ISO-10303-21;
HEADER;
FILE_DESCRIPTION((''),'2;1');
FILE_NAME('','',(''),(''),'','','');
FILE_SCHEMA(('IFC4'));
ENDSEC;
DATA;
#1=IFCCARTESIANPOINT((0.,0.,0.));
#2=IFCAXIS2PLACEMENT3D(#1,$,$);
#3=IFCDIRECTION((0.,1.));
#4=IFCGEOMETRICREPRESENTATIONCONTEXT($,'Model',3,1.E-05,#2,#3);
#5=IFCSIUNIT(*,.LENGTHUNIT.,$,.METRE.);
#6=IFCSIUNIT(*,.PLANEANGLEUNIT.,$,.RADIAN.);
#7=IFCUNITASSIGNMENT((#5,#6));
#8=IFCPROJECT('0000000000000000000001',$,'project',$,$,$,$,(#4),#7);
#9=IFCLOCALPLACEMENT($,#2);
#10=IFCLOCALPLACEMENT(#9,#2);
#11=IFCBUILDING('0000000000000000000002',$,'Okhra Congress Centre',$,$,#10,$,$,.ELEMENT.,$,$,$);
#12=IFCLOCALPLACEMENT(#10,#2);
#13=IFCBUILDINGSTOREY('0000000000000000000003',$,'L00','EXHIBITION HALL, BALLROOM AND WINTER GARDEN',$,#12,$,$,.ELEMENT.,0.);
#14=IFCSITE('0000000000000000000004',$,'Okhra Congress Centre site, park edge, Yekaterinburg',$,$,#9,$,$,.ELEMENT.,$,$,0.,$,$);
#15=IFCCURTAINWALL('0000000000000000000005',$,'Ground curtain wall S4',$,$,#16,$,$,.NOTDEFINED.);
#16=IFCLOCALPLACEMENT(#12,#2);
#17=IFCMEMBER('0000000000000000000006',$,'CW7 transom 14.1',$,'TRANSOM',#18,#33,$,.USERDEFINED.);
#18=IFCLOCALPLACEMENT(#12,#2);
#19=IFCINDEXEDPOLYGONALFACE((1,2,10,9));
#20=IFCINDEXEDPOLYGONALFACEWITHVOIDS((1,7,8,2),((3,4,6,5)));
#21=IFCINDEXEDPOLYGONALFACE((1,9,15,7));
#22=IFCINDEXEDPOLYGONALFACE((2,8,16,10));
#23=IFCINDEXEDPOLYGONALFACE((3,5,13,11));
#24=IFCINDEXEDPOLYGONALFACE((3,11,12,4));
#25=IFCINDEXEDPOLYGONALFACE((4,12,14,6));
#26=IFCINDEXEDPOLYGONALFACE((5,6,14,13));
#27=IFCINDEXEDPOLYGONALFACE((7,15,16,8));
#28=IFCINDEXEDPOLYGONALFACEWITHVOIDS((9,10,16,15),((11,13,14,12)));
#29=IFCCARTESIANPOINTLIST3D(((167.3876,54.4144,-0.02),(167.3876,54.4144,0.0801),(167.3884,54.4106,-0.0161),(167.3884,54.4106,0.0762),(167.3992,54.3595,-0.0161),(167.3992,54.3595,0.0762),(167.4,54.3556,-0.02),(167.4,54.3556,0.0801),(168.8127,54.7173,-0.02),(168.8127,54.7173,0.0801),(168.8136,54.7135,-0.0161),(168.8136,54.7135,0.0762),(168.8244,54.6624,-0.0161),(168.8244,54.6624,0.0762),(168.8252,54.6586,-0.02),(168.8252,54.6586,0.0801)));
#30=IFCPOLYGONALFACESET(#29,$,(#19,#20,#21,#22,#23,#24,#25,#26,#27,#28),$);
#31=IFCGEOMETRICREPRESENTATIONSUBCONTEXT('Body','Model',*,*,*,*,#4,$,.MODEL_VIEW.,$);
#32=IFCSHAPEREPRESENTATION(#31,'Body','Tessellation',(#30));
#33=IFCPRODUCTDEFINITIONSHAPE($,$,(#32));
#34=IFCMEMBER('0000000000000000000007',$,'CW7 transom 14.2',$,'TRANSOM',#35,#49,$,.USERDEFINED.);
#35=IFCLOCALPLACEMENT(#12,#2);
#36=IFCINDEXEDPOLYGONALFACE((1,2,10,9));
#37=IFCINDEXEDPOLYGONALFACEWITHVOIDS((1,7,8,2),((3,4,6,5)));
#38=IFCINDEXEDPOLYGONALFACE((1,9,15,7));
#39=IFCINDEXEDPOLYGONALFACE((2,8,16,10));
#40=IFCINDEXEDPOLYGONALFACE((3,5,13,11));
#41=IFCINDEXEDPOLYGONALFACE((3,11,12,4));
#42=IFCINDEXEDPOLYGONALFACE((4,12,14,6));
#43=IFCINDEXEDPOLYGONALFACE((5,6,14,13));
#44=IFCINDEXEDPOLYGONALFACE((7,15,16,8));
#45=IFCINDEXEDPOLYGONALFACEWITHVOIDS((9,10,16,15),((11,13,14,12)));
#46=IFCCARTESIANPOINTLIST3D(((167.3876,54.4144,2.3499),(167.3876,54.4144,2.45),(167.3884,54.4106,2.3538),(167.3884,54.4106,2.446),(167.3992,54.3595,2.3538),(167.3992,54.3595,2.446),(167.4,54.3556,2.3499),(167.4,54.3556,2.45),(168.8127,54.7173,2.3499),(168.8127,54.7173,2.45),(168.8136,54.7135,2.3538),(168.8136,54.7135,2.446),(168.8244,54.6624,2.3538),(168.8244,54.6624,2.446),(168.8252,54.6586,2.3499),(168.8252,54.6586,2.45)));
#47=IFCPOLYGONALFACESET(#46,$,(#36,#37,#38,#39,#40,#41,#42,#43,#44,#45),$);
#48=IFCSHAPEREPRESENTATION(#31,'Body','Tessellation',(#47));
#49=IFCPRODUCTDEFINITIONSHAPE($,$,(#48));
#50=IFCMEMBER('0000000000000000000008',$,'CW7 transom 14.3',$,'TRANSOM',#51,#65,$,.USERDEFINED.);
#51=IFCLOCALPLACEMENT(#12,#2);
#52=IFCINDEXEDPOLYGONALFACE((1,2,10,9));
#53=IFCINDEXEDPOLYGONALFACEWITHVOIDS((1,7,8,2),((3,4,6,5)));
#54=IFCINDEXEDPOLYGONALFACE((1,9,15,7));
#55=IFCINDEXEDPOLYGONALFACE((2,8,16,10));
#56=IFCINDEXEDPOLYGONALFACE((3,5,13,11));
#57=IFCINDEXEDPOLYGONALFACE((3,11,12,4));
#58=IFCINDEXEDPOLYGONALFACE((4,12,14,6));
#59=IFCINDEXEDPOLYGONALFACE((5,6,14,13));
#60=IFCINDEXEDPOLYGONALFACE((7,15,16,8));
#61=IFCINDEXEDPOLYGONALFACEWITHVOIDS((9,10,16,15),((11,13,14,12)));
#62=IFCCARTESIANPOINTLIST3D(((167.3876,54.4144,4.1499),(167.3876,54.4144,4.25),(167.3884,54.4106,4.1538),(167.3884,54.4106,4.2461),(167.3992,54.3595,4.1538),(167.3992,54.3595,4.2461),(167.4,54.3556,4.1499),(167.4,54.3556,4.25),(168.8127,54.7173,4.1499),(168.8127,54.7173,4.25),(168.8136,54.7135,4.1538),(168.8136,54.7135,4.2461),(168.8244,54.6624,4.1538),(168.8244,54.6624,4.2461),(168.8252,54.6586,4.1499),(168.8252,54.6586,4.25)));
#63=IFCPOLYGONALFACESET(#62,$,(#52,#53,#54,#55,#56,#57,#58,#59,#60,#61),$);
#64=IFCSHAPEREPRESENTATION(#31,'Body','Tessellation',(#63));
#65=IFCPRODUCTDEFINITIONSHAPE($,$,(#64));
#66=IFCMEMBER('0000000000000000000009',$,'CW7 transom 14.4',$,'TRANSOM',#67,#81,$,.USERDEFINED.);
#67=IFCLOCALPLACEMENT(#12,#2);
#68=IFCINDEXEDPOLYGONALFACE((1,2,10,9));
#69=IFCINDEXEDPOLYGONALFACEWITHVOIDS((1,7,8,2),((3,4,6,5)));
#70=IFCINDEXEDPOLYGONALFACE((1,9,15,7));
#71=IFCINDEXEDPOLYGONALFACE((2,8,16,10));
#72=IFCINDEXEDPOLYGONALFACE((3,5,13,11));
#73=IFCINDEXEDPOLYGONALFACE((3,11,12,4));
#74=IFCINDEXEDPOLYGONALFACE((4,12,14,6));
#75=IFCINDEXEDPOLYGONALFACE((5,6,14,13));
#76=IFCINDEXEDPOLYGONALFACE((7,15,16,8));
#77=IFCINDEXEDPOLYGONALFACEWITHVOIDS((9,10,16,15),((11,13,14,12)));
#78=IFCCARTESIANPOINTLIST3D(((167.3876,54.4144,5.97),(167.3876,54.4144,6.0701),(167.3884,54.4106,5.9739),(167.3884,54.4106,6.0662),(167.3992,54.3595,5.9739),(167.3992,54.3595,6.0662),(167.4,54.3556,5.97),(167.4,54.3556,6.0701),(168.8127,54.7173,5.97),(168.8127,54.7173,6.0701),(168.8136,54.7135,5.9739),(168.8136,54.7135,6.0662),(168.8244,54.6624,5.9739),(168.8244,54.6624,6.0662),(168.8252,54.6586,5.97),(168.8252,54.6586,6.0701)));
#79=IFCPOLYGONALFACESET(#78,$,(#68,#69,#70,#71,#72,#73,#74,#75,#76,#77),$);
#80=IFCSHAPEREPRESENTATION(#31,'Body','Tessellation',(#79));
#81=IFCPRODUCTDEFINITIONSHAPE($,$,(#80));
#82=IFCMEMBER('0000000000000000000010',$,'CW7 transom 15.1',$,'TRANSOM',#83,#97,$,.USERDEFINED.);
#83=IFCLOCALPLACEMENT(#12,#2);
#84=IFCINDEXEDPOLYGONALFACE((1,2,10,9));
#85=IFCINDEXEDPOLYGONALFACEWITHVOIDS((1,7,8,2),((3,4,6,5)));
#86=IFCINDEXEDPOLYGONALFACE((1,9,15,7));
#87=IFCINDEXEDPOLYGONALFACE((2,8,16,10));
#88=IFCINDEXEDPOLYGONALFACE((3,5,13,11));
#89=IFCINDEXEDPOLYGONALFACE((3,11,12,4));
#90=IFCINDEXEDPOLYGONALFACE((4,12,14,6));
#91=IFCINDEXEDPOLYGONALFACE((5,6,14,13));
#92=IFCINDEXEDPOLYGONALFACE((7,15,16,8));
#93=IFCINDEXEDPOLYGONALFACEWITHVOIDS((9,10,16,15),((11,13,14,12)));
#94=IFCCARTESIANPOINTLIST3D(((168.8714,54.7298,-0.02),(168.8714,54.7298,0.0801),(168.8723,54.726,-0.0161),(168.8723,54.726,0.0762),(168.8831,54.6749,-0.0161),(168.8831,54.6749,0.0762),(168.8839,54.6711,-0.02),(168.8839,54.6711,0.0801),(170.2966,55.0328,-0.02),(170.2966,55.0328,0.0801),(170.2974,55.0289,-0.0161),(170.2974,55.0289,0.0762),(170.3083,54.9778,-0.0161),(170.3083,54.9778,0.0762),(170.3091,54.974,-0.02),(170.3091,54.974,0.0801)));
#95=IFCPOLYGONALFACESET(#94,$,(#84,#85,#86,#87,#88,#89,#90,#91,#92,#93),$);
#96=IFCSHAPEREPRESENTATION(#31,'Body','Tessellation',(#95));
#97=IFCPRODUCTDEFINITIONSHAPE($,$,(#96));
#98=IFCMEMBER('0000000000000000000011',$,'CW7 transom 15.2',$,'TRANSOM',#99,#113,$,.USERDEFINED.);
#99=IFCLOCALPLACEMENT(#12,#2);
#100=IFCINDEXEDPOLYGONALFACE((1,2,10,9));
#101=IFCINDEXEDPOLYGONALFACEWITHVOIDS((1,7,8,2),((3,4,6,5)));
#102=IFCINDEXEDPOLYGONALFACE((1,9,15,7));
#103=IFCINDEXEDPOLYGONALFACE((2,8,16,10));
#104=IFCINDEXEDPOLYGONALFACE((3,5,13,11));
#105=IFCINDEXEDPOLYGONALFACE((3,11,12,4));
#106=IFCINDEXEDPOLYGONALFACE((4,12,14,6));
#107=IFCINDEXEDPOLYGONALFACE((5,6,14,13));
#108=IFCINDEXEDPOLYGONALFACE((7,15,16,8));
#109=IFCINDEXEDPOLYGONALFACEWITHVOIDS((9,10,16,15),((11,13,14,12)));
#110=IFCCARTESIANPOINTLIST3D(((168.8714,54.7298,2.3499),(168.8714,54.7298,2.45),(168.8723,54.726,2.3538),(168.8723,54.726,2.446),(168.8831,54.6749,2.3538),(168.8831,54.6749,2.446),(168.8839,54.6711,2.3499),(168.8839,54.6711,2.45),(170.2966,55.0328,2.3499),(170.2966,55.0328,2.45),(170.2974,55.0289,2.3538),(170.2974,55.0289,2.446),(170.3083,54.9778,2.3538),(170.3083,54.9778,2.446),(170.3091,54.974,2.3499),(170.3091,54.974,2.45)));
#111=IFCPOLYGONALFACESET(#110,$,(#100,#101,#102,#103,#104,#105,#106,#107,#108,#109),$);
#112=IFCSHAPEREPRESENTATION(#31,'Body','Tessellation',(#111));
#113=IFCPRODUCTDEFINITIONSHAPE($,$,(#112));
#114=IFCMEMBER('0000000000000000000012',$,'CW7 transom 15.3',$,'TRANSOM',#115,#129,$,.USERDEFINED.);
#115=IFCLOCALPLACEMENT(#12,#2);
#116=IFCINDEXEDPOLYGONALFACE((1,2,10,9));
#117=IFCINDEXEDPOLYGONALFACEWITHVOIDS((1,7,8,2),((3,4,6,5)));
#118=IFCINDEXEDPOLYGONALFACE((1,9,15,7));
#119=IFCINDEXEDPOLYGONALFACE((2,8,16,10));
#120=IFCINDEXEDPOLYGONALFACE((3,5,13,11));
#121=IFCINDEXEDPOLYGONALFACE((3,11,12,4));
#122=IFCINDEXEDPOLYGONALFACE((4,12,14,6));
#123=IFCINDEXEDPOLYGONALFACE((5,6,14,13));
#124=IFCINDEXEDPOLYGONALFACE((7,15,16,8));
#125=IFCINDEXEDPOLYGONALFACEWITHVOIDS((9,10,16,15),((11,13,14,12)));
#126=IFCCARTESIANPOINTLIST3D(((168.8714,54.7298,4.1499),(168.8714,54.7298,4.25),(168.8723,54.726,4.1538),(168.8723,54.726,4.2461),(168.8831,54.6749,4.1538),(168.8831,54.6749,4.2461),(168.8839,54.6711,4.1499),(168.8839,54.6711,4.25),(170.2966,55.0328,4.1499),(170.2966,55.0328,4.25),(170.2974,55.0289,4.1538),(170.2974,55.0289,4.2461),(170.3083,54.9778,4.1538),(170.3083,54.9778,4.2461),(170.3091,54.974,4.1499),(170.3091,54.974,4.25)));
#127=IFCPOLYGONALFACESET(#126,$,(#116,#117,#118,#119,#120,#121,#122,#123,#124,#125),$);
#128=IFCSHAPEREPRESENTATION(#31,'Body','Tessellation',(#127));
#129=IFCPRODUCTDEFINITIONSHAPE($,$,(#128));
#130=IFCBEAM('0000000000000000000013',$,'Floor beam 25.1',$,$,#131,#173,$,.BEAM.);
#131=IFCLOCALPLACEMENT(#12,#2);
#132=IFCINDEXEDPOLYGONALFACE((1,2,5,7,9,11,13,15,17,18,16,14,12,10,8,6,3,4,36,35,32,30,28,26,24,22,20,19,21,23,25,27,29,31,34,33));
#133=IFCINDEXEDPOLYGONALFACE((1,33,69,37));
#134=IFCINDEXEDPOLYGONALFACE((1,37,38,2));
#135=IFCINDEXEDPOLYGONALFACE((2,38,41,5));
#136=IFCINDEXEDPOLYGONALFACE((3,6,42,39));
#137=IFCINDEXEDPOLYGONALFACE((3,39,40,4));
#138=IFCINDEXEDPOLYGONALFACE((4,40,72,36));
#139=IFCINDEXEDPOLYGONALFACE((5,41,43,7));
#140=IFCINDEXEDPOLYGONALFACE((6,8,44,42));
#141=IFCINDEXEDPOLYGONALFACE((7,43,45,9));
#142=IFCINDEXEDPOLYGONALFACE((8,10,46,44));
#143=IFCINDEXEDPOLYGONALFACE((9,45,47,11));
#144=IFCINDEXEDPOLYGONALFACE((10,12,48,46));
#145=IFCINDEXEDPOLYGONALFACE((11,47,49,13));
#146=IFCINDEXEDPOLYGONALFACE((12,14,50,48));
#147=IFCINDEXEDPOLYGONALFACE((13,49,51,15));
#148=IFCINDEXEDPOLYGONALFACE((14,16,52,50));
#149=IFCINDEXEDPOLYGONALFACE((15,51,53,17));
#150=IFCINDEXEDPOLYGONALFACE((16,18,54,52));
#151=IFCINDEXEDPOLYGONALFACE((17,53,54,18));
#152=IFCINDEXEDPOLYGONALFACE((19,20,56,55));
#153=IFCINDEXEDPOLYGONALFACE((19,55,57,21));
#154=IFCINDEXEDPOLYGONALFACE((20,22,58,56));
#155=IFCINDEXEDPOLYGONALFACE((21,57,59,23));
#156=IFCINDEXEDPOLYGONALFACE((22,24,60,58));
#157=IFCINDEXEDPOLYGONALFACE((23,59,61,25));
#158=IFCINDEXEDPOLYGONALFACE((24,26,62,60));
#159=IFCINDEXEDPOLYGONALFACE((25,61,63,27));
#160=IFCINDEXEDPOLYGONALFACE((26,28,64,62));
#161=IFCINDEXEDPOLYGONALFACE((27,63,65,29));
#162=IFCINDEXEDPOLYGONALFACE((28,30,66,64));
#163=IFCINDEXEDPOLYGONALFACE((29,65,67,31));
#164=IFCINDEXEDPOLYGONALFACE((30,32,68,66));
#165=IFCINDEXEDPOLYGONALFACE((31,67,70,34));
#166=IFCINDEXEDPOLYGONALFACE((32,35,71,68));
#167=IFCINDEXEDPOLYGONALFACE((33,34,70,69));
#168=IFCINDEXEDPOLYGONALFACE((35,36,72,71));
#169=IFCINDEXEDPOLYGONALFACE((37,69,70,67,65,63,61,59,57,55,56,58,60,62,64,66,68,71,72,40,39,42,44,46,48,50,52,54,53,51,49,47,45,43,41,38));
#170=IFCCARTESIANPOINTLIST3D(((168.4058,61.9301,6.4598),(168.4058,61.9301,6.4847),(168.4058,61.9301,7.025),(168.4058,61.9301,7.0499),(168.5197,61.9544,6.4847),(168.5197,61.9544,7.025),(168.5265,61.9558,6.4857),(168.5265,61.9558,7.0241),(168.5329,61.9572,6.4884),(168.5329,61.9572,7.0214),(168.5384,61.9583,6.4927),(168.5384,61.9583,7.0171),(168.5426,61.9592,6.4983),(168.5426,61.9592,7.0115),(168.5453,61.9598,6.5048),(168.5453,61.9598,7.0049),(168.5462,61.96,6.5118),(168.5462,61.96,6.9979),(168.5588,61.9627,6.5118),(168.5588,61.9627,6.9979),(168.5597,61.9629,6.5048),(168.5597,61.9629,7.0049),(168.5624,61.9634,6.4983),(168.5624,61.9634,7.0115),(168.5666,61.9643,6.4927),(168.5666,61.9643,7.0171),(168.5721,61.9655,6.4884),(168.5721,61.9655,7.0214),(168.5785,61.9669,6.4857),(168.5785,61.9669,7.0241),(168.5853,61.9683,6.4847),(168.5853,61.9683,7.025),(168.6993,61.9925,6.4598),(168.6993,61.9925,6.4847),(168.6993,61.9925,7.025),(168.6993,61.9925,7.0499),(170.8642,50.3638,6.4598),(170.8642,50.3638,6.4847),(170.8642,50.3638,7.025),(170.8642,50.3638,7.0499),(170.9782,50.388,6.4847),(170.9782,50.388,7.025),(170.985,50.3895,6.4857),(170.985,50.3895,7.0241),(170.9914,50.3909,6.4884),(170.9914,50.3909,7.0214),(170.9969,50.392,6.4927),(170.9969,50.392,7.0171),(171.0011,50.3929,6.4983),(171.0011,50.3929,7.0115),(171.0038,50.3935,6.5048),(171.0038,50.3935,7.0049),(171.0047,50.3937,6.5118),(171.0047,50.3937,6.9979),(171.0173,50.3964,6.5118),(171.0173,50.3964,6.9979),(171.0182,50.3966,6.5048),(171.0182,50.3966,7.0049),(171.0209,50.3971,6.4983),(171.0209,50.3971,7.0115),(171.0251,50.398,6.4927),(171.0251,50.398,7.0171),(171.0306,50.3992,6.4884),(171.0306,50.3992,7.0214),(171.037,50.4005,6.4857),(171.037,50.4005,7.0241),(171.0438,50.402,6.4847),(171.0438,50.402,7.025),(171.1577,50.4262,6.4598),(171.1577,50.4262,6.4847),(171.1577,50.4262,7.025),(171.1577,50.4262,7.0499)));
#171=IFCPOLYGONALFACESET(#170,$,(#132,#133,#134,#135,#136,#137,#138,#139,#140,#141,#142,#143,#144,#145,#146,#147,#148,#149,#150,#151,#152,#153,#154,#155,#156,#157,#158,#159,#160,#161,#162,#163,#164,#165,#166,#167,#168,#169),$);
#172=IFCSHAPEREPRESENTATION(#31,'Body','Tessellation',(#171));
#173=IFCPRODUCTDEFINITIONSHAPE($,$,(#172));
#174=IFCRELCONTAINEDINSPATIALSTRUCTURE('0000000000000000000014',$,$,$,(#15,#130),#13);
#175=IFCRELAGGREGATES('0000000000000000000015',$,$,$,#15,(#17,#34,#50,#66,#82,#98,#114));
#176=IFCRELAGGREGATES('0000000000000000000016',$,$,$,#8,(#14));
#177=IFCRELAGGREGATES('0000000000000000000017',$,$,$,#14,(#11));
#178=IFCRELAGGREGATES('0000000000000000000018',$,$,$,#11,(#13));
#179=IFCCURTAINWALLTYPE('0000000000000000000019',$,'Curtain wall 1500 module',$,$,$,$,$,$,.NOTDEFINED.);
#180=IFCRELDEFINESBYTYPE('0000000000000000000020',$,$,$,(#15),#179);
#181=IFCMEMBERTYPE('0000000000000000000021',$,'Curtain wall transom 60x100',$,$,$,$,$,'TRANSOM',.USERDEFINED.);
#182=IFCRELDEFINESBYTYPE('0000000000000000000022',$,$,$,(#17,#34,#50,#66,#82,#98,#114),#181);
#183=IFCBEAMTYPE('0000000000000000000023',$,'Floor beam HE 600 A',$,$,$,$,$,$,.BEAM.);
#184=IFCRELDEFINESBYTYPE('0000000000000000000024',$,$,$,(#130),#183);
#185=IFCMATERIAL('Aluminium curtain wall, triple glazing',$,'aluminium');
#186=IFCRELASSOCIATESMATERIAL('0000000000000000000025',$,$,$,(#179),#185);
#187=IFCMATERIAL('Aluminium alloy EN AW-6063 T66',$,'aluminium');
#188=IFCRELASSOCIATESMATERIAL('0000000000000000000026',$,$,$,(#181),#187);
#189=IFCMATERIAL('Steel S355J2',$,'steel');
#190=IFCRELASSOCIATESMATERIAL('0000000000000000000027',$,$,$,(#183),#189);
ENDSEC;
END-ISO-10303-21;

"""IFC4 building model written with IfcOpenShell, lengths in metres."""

from ifc_helpers import new_model, si_unit, direction, frame, origin, origin_2d, place, context, subcontext, project, spatial, hollow_rectangle, i_section, extrude, material, material_profile, profile_set, type_object, element, aggregate, save


model = new_model("IFC4")

# Units and contexts
model_context = context("Model", 3, precision=1e-05, world=origin(), true_north=direction((0.0, 1.0)))
body_context = subcontext(model_context, "Body", "Model", "MODEL_VIEW")
ifc_project = project(units=[si_unit("LENGTHUNIT", "METRE"), si_unit("PLANEANGLEUNIT", "RADIAN")], contexts=[model_context])

# Site, building, storey
site_placement = place(None, origin())
site = spatial("IfcSite", under=ifc_project, at=site_placement, Name="Okhra Congress Centre site, park edge, Yekaterinburg", CompositionType="ELEMENT", RefElevation=0.0)
building_placement = place(site_placement, origin())
building = spatial("IfcBuilding", under=site, at=building_placement, Name="Okhra Congress Centre", CompositionType="ELEMENT")
storey_placement = place(building_placement, origin())
storey = spatial("IfcBuildingStorey", under=building, at=storey_placement, Name="L00", Description="EXHIBITION HALL, BALLROOM AND WINTER GARDEN", CompositionType="ELEMENT", Elevation=0.0)

# Curtain wall, members
ifc_material_1 = material(Name="Aluminium curtain wall, triple glazing", Category="aluminium")
curtain_wall_type = type_object("IfcCurtainWallType", Name="Curtain wall 1500 module", PredefinedType="NOTDEFINED", material=ifc_material_1)
curtain_wall_placement = place(storey_placement, origin())
curtain_wall = element("IfcCurtainWall", 1, at=curtain_wall_placement, inside=storey, type_object=curtain_wall_type, Name="Ground curtain wall S4", PredefinedType="NOTDEFINED")
ifc_material_2 = material(Name="Aluminium alloy EN AW-6063 T66", Category="aluminium")
ifc_material_profile_1 = material_profile(ifc_material_2, hollow_rectangle(XDim=0.0601, YDim=0.1001, WallThickness=0.0039, at=origin_2d()), Name="RHS 60x100x4")
ifc_profile_set_1 = profile_set([ifc_material_profile_1], Name="Aluminium alloy EN AW-6063 T66")
member_type_1 = type_object("IfcMemberType", Name="Curtain wall transom 60x100", ElementType="TRANSOM", PredefinedType="USERDEFINED", material=ifc_profile_set_1)
member_1_placement = place(storey_placement, frame((167.3938, 54.385, 0.03), z_axis=(0.978144, 0.207927, 0.0), x_axis=(-0.207927, 0.978144, 0.0)))
member_1 = element("IfcMember", 2, at=member_1_placement, type_object=member_type_1, Name="CW7 transom 14.1", ObjectType="TRANSOM", PredefinedType="USERDEFINED", context=body_context, shape_type="SweptSolid", body=[
    extrude(hollow_rectangle(XDim=0.0601, YDim=0.1001, WallThickness=0.0039, at=origin_2d()), origin(), (0.0, 0.0, 1.0), 1.457),
])
member_2_placement = place(storey_placement, frame((167.3938, 54.385, 2.3999), z_axis=(0.978144, 0.207927, 0.0), x_axis=(-0.207927, 0.978144, 0.0)))
member_2 = element("IfcMember", 3, at=member_2_placement, type_object=member_type_1, Name="CW7 transom 14.2", ObjectType="TRANSOM", PredefinedType="USERDEFINED", context=body_context, shape_type="SweptSolid", body=[
    extrude(hollow_rectangle(XDim=0.0601, YDim=0.1001, WallThickness=0.0039, at=origin_2d()), origin(), (0.0, 0.0, 1.0), 1.457),
])
member_3_placement = place(storey_placement, frame((167.3938, 54.385, 4.2), z_axis=(0.978144, 0.207927, 0.0), x_axis=(-0.207927, 0.978144, 0.0)))
member_3 = element("IfcMember", 4, at=member_3_placement, type_object=member_type_1, Name="CW7 transom 14.3", ObjectType="TRANSOM", PredefinedType="USERDEFINED", context=body_context, shape_type="SweptSolid", body=[
    extrude(hollow_rectangle(XDim=0.0601, YDim=0.1001, WallThickness=0.0039, at=origin_2d()), origin(), (0.0, 0.0, 1.0), 1.457),
])
member_4_placement = place(storey_placement, frame((167.3938, 54.385, 6.02), z_axis=(0.978144, 0.207927, 0.0), x_axis=(-0.207927, 0.978144, 0.0)))
member_4 = element("IfcMember", 5, at=member_4_placement, type_object=member_type_1, Name="CW7 transom 14.4", ObjectType="TRANSOM", PredefinedType="USERDEFINED", context=body_context, shape_type="SweptSolid", body=[
    extrude(hollow_rectangle(XDim=0.0601, YDim=0.1001, WallThickness=0.0039, at=origin_2d()), origin(), (0.0, 0.0, 1.0), 1.457),
])
member_5_placement = place(storey_placement, frame((168.8777, 54.7004, 0.03), z_axis=(0.978144, 0.207927, 0.0), x_axis=(-0.207927, 0.978144, 0.0)))
member_5 = element("IfcMember", 6, at=member_5_placement, type_object=member_type_1, Name="CW7 transom 15.1", ObjectType="TRANSOM", PredefinedType="USERDEFINED", context=body_context, shape_type="SweptSolid", body=[
    extrude(hollow_rectangle(XDim=0.0601, YDim=0.1001, WallThickness=0.0039, at=origin_2d()), origin(), (0.0, 0.0, 1.0), 1.457),
])
member_6_placement = place(storey_placement, frame((168.8777, 54.7004, 2.3999), z_axis=(0.978144, 0.207927, 0.0), x_axis=(-0.207927, 0.978144, 0.0)))
member_6 = element("IfcMember", 7, at=member_6_placement, type_object=member_type_1, Name="CW7 transom 15.2", ObjectType="TRANSOM", PredefinedType="USERDEFINED", context=body_context, shape_type="SweptSolid", body=[
    extrude(hollow_rectangle(XDim=0.0601, YDim=0.1001, WallThickness=0.0039, at=origin_2d()), origin(), (0.0, 0.0, 1.0), 1.457),
])
member_7_placement = place(storey_placement, frame((168.8777, 54.7004, 4.2), z_axis=(0.978144, 0.207927, 0.0), x_axis=(-0.207927, 0.978144, 0.0)))
member_7 = element("IfcMember", 8, at=member_7_placement, type_object=member_type_1, Name="CW7 transom 15.3", ObjectType="TRANSOM", PredefinedType="USERDEFINED", context=body_context, shape_type="SweptSolid", body=[
    extrude(hollow_rectangle(XDim=0.0601, YDim=0.1001, WallThickness=0.0039, at=origin_2d()), origin(), (0.0, 0.0, 1.0), 1.457),
])

# Beam
ifc_material_3 = material(Name="Steel S355J2", Category="steel")
ifc_material_profile_2 = material_profile(ifc_material_3, i_section(OverallWidth=0.3, OverallDepth=0.5901, WebThickness=0.0129, FlangeThickness=0.0249, FilletRadius=0.0271, at=origin_2d()), Name="HE 600 A")
ifc_profile_set_2 = profile_set([ifc_material_profile_2], Name="Steel S355J2")
beam_type_1 = type_object("IfcBeamType", Name="Floor beam HE 600 A", PredefinedType="BEAM", material=ifc_profile_set_2)
beam_placement = place(storey_placement, frame((171.011, 50.395, 6.7549), z_axis=(-0.20791, 0.978148, 0.0), x_axis=(-0.978148, -0.20791, 0.0)))
element("IfcBeam", 9, at=beam_placement, inside=storey, type_object=beam_type_1, Name="Floor beam 25.1", PredefinedType="BEAM", context=body_context, shape_type="SweptSolid", body=[
    extrude(i_section(OverallWidth=0.3, OverallDepth=0.5901, WebThickness=0.0129, FlangeThickness=0.0249, FilletRadius=0.0271, at=origin_2d()), origin(), (0.0, 0.0, 1.0), 11.8247),
])

aggregate(curtain_wall, [member_1, member_2, member_3, member_4, member_5, member_6, member_7])

save(model, "model.ifc")
